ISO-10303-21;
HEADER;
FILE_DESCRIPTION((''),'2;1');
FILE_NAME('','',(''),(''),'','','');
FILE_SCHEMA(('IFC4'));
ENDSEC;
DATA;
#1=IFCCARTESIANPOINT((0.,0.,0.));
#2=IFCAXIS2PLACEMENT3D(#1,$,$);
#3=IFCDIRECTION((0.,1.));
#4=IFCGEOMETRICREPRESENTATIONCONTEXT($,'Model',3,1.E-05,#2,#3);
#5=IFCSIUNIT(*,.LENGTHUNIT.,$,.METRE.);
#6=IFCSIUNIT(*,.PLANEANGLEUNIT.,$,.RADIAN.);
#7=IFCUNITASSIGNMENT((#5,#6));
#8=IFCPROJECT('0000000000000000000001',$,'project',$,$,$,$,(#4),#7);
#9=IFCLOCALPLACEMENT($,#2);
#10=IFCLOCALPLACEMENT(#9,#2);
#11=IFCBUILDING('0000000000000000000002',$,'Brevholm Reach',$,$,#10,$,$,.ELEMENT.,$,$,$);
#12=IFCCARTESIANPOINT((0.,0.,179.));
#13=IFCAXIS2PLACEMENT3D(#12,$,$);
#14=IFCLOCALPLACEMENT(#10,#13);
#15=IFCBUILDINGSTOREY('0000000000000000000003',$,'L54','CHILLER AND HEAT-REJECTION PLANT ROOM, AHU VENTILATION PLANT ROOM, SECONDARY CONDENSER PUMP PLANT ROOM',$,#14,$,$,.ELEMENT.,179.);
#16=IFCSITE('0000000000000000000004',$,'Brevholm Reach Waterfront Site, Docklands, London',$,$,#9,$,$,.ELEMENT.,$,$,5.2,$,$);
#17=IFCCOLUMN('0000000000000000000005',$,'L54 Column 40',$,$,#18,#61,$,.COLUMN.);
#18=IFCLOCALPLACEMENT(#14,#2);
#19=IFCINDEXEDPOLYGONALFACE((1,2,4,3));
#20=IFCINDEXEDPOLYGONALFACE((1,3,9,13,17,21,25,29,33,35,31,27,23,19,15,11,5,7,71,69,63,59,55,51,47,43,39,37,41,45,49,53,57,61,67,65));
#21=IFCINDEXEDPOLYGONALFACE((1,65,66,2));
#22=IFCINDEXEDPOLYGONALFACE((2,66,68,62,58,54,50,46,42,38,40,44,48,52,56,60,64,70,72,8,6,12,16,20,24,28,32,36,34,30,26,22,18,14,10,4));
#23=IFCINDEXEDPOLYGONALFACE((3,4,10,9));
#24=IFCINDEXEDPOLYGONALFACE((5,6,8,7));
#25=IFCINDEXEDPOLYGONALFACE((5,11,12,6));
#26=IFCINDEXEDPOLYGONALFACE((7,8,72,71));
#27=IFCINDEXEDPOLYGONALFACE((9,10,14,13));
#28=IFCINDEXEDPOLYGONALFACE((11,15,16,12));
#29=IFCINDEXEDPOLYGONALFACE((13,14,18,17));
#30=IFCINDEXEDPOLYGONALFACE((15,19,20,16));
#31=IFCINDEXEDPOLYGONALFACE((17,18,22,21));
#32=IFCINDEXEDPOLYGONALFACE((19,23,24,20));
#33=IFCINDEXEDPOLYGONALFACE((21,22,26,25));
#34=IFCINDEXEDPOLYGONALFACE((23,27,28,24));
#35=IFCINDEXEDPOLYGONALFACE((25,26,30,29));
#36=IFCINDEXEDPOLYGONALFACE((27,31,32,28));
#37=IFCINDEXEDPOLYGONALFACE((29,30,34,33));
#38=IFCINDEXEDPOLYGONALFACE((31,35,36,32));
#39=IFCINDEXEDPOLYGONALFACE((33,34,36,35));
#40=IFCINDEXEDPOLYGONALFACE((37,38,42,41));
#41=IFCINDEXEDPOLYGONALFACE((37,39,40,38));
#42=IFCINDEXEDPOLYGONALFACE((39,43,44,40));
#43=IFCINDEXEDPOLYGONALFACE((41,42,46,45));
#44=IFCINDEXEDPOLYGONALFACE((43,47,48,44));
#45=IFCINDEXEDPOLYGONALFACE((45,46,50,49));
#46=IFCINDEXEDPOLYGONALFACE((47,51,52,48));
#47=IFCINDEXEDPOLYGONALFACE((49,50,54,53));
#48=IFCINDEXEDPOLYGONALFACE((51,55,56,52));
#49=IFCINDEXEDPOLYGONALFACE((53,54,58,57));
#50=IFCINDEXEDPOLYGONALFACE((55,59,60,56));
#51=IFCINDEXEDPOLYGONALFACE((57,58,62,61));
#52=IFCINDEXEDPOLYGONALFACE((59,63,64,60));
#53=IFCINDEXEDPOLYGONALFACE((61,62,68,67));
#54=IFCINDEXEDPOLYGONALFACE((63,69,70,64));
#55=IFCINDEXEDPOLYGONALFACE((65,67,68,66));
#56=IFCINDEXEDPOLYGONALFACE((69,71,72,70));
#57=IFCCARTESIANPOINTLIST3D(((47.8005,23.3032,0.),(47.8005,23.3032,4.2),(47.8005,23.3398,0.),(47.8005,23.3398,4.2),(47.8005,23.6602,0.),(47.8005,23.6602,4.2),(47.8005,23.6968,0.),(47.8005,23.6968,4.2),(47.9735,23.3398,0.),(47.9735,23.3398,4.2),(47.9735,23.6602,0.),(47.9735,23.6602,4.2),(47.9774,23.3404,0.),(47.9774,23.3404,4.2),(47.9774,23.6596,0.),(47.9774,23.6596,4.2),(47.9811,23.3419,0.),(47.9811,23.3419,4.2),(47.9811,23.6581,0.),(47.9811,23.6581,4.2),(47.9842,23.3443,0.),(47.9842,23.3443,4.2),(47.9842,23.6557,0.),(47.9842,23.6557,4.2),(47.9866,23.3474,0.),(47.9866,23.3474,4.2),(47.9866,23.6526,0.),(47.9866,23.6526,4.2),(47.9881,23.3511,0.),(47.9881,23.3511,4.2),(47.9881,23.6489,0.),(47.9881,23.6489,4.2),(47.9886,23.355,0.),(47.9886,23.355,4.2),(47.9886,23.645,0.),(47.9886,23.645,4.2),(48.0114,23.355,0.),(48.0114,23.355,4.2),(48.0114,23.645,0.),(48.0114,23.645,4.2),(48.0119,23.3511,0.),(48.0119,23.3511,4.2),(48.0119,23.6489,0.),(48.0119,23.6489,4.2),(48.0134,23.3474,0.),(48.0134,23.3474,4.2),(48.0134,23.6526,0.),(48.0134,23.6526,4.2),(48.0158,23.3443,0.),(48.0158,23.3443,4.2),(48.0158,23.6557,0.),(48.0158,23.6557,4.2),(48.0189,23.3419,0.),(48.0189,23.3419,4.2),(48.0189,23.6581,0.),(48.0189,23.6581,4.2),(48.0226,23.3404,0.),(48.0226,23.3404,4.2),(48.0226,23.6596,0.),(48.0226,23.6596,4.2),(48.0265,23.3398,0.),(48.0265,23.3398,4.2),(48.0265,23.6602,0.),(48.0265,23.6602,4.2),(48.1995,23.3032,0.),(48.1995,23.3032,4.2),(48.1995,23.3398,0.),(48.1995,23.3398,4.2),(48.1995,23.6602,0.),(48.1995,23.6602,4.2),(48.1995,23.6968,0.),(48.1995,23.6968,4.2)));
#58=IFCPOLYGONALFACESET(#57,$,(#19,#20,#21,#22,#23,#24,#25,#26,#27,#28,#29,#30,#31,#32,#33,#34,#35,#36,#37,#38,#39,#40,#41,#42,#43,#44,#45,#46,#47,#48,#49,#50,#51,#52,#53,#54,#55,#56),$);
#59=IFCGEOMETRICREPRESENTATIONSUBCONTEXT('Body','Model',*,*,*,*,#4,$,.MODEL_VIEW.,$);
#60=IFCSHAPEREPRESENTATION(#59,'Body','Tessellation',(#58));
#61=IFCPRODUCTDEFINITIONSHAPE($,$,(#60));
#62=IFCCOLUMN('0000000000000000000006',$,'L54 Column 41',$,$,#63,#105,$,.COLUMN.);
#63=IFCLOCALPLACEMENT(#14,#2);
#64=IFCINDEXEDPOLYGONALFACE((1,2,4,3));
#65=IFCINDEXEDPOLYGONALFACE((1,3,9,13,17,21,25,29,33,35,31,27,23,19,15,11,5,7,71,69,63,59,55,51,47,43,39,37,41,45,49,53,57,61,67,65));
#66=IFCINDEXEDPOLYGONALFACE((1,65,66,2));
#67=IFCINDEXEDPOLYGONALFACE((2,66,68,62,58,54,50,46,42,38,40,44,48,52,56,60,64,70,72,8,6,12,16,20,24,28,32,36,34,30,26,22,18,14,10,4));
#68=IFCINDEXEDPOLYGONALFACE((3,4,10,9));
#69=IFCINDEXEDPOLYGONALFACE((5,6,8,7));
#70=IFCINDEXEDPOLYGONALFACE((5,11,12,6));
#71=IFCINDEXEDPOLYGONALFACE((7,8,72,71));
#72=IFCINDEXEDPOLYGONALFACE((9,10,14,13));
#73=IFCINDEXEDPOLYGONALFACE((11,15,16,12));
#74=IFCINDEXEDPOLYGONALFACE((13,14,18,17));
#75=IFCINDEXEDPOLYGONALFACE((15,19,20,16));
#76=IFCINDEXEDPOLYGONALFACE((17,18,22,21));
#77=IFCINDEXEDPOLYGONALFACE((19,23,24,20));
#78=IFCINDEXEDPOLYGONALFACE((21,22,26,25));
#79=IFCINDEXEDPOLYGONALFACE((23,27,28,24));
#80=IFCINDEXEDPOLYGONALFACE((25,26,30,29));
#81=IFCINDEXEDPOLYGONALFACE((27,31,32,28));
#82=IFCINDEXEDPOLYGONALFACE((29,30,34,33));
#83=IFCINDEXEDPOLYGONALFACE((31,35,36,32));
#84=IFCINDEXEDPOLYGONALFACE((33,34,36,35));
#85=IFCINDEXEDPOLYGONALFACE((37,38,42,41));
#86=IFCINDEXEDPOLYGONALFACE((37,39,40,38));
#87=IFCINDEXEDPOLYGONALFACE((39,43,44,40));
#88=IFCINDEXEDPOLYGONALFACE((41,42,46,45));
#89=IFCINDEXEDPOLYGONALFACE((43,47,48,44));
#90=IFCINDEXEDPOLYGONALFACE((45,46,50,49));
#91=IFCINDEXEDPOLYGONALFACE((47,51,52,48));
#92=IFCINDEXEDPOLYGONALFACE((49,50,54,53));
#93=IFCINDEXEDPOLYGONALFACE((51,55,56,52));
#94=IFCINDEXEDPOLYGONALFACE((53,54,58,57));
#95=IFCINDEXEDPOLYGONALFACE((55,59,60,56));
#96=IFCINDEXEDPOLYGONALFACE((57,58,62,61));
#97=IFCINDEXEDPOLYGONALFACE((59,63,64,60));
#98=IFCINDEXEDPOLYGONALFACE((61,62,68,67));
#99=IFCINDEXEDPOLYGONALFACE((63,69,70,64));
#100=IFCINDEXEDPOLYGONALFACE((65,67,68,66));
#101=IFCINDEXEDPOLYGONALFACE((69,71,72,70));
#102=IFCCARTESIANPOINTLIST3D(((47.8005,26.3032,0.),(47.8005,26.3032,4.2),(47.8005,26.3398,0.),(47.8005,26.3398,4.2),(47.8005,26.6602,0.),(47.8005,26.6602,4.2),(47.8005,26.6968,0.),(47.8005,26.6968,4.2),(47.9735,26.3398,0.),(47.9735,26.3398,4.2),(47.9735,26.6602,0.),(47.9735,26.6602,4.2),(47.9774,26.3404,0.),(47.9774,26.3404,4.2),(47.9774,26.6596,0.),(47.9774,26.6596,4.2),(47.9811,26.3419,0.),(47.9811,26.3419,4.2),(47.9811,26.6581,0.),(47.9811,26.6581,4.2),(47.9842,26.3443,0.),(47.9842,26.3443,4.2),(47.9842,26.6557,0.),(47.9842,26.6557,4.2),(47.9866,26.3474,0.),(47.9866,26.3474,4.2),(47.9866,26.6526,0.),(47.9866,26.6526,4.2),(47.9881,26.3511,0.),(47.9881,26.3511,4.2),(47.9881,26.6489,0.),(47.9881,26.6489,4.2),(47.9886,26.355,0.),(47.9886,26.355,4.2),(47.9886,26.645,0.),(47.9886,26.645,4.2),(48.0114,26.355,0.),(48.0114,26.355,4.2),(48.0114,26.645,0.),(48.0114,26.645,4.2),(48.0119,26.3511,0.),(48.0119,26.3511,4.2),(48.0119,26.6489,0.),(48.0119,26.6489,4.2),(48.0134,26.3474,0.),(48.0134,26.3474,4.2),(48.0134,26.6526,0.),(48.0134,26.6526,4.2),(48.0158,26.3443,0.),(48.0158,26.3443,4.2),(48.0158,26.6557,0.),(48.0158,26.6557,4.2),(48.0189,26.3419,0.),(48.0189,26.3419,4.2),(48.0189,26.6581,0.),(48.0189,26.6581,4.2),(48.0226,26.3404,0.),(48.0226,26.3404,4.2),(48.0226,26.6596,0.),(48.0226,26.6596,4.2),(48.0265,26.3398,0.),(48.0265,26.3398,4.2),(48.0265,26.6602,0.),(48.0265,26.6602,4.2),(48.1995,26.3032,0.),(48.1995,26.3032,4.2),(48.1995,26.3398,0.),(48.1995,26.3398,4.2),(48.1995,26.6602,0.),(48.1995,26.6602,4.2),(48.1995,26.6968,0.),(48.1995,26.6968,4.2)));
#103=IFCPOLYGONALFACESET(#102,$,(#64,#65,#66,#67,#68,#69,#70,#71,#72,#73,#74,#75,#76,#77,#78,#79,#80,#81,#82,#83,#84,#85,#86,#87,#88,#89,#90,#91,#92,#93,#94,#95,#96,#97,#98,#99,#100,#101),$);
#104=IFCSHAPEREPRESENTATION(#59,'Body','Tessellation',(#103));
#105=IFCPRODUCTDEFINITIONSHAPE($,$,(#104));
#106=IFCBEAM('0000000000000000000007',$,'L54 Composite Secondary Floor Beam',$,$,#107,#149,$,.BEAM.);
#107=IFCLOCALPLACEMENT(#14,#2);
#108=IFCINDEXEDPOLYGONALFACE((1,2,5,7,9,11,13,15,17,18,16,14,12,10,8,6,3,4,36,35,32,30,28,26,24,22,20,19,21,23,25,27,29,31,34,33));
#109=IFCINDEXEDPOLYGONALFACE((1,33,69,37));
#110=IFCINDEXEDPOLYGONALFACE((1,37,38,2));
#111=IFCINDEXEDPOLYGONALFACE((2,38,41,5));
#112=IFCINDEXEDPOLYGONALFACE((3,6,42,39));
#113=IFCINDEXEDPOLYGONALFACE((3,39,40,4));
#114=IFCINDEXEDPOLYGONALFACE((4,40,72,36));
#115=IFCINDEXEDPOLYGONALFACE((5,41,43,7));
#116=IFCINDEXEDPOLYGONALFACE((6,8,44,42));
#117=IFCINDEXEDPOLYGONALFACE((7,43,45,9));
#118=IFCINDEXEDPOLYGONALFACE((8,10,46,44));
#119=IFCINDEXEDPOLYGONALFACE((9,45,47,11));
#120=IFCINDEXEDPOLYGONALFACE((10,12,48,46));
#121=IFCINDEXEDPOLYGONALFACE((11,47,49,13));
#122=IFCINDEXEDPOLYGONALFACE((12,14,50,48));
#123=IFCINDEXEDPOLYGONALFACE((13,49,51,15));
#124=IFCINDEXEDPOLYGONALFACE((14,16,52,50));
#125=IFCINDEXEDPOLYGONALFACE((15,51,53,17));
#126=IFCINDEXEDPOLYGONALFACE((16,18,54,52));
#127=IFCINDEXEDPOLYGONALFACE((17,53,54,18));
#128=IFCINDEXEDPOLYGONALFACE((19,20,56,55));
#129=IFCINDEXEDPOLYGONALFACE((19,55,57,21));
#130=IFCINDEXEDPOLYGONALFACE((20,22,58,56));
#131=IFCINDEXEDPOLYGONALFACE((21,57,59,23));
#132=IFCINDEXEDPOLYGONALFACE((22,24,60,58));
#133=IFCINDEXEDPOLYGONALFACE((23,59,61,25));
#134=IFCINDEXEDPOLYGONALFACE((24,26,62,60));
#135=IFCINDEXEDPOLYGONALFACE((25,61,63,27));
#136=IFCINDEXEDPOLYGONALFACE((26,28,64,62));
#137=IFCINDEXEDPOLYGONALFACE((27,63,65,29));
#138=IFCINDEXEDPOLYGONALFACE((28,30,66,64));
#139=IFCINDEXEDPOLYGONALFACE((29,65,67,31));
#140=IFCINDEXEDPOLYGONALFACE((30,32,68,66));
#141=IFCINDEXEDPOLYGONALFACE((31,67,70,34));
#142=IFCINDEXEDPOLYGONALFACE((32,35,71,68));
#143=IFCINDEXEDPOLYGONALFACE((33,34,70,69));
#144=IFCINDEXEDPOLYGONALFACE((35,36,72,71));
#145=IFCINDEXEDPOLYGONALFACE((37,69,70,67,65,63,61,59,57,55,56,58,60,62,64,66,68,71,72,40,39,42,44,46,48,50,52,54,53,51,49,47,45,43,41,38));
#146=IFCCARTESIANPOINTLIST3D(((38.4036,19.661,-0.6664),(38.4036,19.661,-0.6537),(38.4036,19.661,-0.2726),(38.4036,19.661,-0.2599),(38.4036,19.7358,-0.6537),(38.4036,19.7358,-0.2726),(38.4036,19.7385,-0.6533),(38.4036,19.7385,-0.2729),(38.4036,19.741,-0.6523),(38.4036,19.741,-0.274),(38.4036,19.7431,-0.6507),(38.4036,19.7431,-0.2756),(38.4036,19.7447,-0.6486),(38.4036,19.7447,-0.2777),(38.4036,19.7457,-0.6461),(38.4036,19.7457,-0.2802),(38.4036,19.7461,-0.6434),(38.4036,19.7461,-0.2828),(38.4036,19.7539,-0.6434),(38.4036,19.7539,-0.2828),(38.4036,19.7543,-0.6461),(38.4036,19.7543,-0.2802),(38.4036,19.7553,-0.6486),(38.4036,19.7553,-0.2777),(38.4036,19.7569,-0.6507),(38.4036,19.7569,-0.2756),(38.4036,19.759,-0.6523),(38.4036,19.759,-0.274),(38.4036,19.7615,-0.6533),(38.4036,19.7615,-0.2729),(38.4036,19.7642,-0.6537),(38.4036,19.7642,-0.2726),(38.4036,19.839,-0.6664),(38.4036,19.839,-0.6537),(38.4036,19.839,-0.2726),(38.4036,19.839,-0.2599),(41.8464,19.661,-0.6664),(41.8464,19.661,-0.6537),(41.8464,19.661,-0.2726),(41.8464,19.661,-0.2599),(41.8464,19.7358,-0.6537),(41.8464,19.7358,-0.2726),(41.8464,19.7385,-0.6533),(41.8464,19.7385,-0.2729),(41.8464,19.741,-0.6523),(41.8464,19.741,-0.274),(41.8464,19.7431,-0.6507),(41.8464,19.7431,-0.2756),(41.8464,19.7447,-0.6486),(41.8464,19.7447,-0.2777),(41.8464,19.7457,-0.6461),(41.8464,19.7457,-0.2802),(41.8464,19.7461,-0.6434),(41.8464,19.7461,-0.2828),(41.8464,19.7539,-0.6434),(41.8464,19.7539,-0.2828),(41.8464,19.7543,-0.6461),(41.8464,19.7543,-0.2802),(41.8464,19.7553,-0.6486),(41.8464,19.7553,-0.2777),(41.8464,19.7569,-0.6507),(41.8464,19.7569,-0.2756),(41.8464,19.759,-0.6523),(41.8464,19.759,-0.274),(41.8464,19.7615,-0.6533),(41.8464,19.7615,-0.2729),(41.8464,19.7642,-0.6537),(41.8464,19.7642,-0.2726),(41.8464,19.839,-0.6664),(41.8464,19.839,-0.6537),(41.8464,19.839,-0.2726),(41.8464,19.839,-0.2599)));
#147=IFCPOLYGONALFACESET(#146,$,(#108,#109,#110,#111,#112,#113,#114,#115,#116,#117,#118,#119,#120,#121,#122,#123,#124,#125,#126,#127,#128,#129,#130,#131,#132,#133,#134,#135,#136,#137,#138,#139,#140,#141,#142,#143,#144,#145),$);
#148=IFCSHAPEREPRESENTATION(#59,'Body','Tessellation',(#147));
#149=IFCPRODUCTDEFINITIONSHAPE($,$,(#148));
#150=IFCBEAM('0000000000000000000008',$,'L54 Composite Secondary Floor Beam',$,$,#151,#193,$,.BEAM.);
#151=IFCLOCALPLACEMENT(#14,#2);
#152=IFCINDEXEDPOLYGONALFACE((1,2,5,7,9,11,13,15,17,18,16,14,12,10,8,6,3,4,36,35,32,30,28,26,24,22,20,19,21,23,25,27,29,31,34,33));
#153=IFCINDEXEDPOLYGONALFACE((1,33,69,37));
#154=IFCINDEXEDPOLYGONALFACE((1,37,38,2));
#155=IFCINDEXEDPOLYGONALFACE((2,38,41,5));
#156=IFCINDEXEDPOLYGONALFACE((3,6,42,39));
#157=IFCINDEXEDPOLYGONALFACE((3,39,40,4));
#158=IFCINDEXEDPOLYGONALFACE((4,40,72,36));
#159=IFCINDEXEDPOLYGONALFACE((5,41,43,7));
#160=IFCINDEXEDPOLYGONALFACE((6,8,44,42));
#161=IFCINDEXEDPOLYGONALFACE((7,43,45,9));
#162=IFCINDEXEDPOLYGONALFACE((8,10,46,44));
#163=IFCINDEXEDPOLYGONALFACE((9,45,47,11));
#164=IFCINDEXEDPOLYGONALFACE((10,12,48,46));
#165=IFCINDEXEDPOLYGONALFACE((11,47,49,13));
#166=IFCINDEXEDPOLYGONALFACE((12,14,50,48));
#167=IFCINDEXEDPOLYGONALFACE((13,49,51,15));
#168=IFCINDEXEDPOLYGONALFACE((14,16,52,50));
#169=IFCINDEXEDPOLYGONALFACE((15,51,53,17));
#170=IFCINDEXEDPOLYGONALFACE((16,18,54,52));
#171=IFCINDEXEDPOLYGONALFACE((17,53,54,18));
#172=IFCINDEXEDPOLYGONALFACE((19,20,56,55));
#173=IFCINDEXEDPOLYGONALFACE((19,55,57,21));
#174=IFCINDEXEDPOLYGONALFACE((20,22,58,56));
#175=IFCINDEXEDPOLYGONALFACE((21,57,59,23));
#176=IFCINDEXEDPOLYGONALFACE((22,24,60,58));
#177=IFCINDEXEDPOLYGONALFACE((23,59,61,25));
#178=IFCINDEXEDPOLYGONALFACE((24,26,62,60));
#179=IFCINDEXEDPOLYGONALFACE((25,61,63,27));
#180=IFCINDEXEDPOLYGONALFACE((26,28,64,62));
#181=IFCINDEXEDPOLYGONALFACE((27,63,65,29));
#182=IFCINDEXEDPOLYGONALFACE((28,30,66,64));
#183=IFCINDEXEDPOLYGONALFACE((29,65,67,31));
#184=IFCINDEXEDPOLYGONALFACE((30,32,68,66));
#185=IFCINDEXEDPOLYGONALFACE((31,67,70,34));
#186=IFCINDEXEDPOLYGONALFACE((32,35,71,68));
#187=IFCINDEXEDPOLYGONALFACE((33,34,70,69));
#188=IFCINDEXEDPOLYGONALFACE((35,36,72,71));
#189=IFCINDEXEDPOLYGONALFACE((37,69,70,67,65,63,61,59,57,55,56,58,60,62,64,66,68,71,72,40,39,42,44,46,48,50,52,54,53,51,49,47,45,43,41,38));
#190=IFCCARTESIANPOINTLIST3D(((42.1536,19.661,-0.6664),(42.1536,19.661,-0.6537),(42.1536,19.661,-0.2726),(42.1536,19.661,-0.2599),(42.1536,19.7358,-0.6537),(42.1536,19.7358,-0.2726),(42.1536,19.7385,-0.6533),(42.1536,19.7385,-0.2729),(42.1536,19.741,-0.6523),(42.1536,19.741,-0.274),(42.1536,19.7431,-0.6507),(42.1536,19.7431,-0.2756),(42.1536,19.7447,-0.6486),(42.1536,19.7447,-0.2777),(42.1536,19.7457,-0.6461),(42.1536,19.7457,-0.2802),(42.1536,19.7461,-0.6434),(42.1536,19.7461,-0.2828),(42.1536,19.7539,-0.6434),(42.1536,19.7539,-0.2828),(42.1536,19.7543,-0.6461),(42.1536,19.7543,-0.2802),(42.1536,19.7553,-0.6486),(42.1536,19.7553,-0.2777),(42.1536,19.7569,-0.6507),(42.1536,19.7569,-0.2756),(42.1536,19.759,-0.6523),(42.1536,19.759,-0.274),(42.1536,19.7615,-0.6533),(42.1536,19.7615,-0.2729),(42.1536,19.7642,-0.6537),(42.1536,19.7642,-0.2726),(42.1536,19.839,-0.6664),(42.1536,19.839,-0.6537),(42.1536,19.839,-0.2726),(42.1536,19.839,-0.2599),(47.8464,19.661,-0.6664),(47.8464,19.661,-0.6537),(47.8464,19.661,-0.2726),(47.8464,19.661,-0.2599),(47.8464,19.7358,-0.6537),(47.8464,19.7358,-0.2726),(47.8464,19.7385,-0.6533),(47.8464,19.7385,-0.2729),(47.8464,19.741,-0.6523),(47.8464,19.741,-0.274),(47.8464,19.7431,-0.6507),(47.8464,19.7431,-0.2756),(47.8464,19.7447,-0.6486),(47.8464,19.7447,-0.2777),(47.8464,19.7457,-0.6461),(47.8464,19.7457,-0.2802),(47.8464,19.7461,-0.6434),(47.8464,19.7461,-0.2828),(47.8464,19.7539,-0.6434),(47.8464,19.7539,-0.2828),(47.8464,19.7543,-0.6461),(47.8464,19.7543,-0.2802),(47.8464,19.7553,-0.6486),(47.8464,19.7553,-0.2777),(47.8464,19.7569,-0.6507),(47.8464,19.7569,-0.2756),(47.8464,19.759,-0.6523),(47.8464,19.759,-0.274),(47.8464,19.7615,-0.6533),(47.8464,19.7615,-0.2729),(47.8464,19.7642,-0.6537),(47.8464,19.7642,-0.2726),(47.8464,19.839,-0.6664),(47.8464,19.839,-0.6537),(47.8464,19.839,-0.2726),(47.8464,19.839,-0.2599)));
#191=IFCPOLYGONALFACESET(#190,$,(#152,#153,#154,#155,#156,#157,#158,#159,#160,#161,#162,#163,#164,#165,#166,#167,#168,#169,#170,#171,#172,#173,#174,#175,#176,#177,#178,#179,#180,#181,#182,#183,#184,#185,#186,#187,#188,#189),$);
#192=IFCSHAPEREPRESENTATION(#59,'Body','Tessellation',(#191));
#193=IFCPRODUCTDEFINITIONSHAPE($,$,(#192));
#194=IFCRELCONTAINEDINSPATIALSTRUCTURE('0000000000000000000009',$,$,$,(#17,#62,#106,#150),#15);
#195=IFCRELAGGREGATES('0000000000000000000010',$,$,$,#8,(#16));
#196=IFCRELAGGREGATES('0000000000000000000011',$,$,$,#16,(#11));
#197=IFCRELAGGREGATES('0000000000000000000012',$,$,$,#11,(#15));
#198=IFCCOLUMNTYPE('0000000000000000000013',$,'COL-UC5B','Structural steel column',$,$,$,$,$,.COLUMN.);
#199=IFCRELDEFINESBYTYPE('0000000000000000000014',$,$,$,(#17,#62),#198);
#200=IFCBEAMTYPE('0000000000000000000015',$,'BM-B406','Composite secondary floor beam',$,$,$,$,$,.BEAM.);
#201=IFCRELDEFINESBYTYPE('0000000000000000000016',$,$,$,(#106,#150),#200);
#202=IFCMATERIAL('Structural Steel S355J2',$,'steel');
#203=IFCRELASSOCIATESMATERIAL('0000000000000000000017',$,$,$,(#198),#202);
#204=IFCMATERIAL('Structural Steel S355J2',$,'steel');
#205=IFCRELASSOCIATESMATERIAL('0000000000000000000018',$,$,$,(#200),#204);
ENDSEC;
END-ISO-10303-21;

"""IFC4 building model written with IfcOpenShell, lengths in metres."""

from ifc_helpers import new_model, si_unit, direction, frame, origin, origin_2d, place, context, subcontext, project, spatial, i_section, extrude, material, material_profile, profile_set, type_object, element, save


model = new_model("IFC4")

# Units and contexts
model_context = context("Model", 3, precision=1e-05, world=origin(), true_north=direction((0.0, 1.0)))
body_context = subcontext(model_context, "Body", "Model", "MODEL_VIEW")
ifc_project = project(units=[si_unit("LENGTHUNIT", "METRE"), si_unit("PLANEANGLEUNIT", "RADIAN")], contexts=[model_context])

# Site, building, storey
site_placement = place(None, origin())
site = spatial("IfcSite", under=ifc_project, at=site_placement, Name="Brevholm Reach Waterfront Site, Docklands, London", CompositionType="ELEMENT", RefElevation=5.2)
building_placement = place(site_placement, origin())
building = spatial("IfcBuilding", under=site, at=building_placement, Name="Brevholm Reach", CompositionType="ELEMENT")
storey_placement = place(building_placement, frame((0.0, 0.0, 179.0)))
storey = spatial("IfcBuildingStorey", under=building, at=storey_placement, Name="L54", Description="CHILLER AND HEAT-REJECTION PLANT ROOM, AHU VENTILATION PLANT ROOM, SECONDARY CONDENSER PUMP PLANT ROOM", CompositionType="ELEMENT", Elevation=179.0)

# Columns
ifc_material_1 = material(Name="Structural Steel S355J2", Category="steel")
ifc_material_profile_1 = material_profile(ifc_material_1, i_section(OverallWidth=0.3989, OverallDepth=0.3936, WebThickness=0.0227, FlangeThickness=0.0366, FilletRadius=0.0151, at=origin_2d()), Name="UKC 356x406x287")
ifc_profile_set_1 = profile_set([ifc_material_profile_1], Name="Structural Steel S355J2")
column_type = type_object("IfcColumnType", Name="COL-UC5B", Description="Structural steel column", PredefinedType="COLUMN", material=ifc_profile_set_1)
for number, where, z_axis, x_axis, name in (
    (1, (48.0, 23.5, 0.0), (0.0, 0.0, 1.0), (1.0, 0.0, 0.0), "L54 Column 40"),
    (2, (48.0, 26.5, 0.0), (0.0, 0.0, 1.0), (1.0, 0.0, 0.0), "L54 Column 41"),
):
    element("IfcColumn", number, at=place(storey_placement, frame(where, z_axis=z_axis, x_axis=x_axis)), inside=storey, type_object=column_type, Name=name, PredefinedType="COLUMN", context=body_context, shape_type="SweptSolid", body=[
        extrude(i_section(OverallWidth=0.3989, OverallDepth=0.3936, WebThickness=0.0227, FlangeThickness=0.0366, FilletRadius=0.0151, at=origin_2d()), origin(), (0.0, 0.0, 1.0), 4.2),
    ])

# Beams
ifc_material_2 = material(Name="Structural Steel S355J2", Category="steel")
ifc_material_profile_2 = material_profile(ifc_material_2, i_section(OverallWidth=0.178, OverallDepth=0.4065, WebThickness=0.0078, FlangeThickness=0.0127, FilletRadius=0.0103, at=origin_2d()), Name="UKB 406x178x60")
ifc_profile_set_2 = profile_set([ifc_material_profile_2], Name="Structural Steel S355J2")
beam_type_1 = type_object("IfcBeamType", Name="BM-B406", Description="Composite secondary floor beam", PredefinedType="BEAM", material=ifc_profile_set_2)
beam_1_placement = place(storey_placement, frame((38.4036, 19.75, -0.4631), z_axis=(1.0, 0.0, 0.0), x_axis=(0.0, 1.0, 0.0)))
element("IfcBeam", 3, at=beam_1_placement, inside=storey, type_object=beam_type_1, Name="L54 Composite Secondary Floor Beam", PredefinedType="BEAM", context=body_context, shape_type="SweptSolid", body=[
    extrude(i_section(OverallWidth=0.178, OverallDepth=0.4065, WebThickness=0.0078, FlangeThickness=0.0127, FilletRadius=0.0103, at=origin_2d()), origin(), (0.0, 0.0, 1.0), 3.4429),
])
beam_2_placement = place(storey_placement, frame((42.1536, 19.75, -0.4631), z_axis=(1.0, 0.0, 0.0), x_axis=(0.0, 1.0, 0.0)))
element("IfcBeam", 4, at=beam_2_placement, inside=storey, type_object=beam_type_1, Name="L54 Composite Secondary Floor Beam", PredefinedType="BEAM", context=body_context, shape_type="SweptSolid", body=[
    extrude(i_section(OverallWidth=0.178, OverallDepth=0.4065, WebThickness=0.0078, FlangeThickness=0.0127, FilletRadius=0.0103, at=origin_2d()), origin(), (0.0, 0.0, 1.0), 5.6929),
])

save(model, "model.ifc")
